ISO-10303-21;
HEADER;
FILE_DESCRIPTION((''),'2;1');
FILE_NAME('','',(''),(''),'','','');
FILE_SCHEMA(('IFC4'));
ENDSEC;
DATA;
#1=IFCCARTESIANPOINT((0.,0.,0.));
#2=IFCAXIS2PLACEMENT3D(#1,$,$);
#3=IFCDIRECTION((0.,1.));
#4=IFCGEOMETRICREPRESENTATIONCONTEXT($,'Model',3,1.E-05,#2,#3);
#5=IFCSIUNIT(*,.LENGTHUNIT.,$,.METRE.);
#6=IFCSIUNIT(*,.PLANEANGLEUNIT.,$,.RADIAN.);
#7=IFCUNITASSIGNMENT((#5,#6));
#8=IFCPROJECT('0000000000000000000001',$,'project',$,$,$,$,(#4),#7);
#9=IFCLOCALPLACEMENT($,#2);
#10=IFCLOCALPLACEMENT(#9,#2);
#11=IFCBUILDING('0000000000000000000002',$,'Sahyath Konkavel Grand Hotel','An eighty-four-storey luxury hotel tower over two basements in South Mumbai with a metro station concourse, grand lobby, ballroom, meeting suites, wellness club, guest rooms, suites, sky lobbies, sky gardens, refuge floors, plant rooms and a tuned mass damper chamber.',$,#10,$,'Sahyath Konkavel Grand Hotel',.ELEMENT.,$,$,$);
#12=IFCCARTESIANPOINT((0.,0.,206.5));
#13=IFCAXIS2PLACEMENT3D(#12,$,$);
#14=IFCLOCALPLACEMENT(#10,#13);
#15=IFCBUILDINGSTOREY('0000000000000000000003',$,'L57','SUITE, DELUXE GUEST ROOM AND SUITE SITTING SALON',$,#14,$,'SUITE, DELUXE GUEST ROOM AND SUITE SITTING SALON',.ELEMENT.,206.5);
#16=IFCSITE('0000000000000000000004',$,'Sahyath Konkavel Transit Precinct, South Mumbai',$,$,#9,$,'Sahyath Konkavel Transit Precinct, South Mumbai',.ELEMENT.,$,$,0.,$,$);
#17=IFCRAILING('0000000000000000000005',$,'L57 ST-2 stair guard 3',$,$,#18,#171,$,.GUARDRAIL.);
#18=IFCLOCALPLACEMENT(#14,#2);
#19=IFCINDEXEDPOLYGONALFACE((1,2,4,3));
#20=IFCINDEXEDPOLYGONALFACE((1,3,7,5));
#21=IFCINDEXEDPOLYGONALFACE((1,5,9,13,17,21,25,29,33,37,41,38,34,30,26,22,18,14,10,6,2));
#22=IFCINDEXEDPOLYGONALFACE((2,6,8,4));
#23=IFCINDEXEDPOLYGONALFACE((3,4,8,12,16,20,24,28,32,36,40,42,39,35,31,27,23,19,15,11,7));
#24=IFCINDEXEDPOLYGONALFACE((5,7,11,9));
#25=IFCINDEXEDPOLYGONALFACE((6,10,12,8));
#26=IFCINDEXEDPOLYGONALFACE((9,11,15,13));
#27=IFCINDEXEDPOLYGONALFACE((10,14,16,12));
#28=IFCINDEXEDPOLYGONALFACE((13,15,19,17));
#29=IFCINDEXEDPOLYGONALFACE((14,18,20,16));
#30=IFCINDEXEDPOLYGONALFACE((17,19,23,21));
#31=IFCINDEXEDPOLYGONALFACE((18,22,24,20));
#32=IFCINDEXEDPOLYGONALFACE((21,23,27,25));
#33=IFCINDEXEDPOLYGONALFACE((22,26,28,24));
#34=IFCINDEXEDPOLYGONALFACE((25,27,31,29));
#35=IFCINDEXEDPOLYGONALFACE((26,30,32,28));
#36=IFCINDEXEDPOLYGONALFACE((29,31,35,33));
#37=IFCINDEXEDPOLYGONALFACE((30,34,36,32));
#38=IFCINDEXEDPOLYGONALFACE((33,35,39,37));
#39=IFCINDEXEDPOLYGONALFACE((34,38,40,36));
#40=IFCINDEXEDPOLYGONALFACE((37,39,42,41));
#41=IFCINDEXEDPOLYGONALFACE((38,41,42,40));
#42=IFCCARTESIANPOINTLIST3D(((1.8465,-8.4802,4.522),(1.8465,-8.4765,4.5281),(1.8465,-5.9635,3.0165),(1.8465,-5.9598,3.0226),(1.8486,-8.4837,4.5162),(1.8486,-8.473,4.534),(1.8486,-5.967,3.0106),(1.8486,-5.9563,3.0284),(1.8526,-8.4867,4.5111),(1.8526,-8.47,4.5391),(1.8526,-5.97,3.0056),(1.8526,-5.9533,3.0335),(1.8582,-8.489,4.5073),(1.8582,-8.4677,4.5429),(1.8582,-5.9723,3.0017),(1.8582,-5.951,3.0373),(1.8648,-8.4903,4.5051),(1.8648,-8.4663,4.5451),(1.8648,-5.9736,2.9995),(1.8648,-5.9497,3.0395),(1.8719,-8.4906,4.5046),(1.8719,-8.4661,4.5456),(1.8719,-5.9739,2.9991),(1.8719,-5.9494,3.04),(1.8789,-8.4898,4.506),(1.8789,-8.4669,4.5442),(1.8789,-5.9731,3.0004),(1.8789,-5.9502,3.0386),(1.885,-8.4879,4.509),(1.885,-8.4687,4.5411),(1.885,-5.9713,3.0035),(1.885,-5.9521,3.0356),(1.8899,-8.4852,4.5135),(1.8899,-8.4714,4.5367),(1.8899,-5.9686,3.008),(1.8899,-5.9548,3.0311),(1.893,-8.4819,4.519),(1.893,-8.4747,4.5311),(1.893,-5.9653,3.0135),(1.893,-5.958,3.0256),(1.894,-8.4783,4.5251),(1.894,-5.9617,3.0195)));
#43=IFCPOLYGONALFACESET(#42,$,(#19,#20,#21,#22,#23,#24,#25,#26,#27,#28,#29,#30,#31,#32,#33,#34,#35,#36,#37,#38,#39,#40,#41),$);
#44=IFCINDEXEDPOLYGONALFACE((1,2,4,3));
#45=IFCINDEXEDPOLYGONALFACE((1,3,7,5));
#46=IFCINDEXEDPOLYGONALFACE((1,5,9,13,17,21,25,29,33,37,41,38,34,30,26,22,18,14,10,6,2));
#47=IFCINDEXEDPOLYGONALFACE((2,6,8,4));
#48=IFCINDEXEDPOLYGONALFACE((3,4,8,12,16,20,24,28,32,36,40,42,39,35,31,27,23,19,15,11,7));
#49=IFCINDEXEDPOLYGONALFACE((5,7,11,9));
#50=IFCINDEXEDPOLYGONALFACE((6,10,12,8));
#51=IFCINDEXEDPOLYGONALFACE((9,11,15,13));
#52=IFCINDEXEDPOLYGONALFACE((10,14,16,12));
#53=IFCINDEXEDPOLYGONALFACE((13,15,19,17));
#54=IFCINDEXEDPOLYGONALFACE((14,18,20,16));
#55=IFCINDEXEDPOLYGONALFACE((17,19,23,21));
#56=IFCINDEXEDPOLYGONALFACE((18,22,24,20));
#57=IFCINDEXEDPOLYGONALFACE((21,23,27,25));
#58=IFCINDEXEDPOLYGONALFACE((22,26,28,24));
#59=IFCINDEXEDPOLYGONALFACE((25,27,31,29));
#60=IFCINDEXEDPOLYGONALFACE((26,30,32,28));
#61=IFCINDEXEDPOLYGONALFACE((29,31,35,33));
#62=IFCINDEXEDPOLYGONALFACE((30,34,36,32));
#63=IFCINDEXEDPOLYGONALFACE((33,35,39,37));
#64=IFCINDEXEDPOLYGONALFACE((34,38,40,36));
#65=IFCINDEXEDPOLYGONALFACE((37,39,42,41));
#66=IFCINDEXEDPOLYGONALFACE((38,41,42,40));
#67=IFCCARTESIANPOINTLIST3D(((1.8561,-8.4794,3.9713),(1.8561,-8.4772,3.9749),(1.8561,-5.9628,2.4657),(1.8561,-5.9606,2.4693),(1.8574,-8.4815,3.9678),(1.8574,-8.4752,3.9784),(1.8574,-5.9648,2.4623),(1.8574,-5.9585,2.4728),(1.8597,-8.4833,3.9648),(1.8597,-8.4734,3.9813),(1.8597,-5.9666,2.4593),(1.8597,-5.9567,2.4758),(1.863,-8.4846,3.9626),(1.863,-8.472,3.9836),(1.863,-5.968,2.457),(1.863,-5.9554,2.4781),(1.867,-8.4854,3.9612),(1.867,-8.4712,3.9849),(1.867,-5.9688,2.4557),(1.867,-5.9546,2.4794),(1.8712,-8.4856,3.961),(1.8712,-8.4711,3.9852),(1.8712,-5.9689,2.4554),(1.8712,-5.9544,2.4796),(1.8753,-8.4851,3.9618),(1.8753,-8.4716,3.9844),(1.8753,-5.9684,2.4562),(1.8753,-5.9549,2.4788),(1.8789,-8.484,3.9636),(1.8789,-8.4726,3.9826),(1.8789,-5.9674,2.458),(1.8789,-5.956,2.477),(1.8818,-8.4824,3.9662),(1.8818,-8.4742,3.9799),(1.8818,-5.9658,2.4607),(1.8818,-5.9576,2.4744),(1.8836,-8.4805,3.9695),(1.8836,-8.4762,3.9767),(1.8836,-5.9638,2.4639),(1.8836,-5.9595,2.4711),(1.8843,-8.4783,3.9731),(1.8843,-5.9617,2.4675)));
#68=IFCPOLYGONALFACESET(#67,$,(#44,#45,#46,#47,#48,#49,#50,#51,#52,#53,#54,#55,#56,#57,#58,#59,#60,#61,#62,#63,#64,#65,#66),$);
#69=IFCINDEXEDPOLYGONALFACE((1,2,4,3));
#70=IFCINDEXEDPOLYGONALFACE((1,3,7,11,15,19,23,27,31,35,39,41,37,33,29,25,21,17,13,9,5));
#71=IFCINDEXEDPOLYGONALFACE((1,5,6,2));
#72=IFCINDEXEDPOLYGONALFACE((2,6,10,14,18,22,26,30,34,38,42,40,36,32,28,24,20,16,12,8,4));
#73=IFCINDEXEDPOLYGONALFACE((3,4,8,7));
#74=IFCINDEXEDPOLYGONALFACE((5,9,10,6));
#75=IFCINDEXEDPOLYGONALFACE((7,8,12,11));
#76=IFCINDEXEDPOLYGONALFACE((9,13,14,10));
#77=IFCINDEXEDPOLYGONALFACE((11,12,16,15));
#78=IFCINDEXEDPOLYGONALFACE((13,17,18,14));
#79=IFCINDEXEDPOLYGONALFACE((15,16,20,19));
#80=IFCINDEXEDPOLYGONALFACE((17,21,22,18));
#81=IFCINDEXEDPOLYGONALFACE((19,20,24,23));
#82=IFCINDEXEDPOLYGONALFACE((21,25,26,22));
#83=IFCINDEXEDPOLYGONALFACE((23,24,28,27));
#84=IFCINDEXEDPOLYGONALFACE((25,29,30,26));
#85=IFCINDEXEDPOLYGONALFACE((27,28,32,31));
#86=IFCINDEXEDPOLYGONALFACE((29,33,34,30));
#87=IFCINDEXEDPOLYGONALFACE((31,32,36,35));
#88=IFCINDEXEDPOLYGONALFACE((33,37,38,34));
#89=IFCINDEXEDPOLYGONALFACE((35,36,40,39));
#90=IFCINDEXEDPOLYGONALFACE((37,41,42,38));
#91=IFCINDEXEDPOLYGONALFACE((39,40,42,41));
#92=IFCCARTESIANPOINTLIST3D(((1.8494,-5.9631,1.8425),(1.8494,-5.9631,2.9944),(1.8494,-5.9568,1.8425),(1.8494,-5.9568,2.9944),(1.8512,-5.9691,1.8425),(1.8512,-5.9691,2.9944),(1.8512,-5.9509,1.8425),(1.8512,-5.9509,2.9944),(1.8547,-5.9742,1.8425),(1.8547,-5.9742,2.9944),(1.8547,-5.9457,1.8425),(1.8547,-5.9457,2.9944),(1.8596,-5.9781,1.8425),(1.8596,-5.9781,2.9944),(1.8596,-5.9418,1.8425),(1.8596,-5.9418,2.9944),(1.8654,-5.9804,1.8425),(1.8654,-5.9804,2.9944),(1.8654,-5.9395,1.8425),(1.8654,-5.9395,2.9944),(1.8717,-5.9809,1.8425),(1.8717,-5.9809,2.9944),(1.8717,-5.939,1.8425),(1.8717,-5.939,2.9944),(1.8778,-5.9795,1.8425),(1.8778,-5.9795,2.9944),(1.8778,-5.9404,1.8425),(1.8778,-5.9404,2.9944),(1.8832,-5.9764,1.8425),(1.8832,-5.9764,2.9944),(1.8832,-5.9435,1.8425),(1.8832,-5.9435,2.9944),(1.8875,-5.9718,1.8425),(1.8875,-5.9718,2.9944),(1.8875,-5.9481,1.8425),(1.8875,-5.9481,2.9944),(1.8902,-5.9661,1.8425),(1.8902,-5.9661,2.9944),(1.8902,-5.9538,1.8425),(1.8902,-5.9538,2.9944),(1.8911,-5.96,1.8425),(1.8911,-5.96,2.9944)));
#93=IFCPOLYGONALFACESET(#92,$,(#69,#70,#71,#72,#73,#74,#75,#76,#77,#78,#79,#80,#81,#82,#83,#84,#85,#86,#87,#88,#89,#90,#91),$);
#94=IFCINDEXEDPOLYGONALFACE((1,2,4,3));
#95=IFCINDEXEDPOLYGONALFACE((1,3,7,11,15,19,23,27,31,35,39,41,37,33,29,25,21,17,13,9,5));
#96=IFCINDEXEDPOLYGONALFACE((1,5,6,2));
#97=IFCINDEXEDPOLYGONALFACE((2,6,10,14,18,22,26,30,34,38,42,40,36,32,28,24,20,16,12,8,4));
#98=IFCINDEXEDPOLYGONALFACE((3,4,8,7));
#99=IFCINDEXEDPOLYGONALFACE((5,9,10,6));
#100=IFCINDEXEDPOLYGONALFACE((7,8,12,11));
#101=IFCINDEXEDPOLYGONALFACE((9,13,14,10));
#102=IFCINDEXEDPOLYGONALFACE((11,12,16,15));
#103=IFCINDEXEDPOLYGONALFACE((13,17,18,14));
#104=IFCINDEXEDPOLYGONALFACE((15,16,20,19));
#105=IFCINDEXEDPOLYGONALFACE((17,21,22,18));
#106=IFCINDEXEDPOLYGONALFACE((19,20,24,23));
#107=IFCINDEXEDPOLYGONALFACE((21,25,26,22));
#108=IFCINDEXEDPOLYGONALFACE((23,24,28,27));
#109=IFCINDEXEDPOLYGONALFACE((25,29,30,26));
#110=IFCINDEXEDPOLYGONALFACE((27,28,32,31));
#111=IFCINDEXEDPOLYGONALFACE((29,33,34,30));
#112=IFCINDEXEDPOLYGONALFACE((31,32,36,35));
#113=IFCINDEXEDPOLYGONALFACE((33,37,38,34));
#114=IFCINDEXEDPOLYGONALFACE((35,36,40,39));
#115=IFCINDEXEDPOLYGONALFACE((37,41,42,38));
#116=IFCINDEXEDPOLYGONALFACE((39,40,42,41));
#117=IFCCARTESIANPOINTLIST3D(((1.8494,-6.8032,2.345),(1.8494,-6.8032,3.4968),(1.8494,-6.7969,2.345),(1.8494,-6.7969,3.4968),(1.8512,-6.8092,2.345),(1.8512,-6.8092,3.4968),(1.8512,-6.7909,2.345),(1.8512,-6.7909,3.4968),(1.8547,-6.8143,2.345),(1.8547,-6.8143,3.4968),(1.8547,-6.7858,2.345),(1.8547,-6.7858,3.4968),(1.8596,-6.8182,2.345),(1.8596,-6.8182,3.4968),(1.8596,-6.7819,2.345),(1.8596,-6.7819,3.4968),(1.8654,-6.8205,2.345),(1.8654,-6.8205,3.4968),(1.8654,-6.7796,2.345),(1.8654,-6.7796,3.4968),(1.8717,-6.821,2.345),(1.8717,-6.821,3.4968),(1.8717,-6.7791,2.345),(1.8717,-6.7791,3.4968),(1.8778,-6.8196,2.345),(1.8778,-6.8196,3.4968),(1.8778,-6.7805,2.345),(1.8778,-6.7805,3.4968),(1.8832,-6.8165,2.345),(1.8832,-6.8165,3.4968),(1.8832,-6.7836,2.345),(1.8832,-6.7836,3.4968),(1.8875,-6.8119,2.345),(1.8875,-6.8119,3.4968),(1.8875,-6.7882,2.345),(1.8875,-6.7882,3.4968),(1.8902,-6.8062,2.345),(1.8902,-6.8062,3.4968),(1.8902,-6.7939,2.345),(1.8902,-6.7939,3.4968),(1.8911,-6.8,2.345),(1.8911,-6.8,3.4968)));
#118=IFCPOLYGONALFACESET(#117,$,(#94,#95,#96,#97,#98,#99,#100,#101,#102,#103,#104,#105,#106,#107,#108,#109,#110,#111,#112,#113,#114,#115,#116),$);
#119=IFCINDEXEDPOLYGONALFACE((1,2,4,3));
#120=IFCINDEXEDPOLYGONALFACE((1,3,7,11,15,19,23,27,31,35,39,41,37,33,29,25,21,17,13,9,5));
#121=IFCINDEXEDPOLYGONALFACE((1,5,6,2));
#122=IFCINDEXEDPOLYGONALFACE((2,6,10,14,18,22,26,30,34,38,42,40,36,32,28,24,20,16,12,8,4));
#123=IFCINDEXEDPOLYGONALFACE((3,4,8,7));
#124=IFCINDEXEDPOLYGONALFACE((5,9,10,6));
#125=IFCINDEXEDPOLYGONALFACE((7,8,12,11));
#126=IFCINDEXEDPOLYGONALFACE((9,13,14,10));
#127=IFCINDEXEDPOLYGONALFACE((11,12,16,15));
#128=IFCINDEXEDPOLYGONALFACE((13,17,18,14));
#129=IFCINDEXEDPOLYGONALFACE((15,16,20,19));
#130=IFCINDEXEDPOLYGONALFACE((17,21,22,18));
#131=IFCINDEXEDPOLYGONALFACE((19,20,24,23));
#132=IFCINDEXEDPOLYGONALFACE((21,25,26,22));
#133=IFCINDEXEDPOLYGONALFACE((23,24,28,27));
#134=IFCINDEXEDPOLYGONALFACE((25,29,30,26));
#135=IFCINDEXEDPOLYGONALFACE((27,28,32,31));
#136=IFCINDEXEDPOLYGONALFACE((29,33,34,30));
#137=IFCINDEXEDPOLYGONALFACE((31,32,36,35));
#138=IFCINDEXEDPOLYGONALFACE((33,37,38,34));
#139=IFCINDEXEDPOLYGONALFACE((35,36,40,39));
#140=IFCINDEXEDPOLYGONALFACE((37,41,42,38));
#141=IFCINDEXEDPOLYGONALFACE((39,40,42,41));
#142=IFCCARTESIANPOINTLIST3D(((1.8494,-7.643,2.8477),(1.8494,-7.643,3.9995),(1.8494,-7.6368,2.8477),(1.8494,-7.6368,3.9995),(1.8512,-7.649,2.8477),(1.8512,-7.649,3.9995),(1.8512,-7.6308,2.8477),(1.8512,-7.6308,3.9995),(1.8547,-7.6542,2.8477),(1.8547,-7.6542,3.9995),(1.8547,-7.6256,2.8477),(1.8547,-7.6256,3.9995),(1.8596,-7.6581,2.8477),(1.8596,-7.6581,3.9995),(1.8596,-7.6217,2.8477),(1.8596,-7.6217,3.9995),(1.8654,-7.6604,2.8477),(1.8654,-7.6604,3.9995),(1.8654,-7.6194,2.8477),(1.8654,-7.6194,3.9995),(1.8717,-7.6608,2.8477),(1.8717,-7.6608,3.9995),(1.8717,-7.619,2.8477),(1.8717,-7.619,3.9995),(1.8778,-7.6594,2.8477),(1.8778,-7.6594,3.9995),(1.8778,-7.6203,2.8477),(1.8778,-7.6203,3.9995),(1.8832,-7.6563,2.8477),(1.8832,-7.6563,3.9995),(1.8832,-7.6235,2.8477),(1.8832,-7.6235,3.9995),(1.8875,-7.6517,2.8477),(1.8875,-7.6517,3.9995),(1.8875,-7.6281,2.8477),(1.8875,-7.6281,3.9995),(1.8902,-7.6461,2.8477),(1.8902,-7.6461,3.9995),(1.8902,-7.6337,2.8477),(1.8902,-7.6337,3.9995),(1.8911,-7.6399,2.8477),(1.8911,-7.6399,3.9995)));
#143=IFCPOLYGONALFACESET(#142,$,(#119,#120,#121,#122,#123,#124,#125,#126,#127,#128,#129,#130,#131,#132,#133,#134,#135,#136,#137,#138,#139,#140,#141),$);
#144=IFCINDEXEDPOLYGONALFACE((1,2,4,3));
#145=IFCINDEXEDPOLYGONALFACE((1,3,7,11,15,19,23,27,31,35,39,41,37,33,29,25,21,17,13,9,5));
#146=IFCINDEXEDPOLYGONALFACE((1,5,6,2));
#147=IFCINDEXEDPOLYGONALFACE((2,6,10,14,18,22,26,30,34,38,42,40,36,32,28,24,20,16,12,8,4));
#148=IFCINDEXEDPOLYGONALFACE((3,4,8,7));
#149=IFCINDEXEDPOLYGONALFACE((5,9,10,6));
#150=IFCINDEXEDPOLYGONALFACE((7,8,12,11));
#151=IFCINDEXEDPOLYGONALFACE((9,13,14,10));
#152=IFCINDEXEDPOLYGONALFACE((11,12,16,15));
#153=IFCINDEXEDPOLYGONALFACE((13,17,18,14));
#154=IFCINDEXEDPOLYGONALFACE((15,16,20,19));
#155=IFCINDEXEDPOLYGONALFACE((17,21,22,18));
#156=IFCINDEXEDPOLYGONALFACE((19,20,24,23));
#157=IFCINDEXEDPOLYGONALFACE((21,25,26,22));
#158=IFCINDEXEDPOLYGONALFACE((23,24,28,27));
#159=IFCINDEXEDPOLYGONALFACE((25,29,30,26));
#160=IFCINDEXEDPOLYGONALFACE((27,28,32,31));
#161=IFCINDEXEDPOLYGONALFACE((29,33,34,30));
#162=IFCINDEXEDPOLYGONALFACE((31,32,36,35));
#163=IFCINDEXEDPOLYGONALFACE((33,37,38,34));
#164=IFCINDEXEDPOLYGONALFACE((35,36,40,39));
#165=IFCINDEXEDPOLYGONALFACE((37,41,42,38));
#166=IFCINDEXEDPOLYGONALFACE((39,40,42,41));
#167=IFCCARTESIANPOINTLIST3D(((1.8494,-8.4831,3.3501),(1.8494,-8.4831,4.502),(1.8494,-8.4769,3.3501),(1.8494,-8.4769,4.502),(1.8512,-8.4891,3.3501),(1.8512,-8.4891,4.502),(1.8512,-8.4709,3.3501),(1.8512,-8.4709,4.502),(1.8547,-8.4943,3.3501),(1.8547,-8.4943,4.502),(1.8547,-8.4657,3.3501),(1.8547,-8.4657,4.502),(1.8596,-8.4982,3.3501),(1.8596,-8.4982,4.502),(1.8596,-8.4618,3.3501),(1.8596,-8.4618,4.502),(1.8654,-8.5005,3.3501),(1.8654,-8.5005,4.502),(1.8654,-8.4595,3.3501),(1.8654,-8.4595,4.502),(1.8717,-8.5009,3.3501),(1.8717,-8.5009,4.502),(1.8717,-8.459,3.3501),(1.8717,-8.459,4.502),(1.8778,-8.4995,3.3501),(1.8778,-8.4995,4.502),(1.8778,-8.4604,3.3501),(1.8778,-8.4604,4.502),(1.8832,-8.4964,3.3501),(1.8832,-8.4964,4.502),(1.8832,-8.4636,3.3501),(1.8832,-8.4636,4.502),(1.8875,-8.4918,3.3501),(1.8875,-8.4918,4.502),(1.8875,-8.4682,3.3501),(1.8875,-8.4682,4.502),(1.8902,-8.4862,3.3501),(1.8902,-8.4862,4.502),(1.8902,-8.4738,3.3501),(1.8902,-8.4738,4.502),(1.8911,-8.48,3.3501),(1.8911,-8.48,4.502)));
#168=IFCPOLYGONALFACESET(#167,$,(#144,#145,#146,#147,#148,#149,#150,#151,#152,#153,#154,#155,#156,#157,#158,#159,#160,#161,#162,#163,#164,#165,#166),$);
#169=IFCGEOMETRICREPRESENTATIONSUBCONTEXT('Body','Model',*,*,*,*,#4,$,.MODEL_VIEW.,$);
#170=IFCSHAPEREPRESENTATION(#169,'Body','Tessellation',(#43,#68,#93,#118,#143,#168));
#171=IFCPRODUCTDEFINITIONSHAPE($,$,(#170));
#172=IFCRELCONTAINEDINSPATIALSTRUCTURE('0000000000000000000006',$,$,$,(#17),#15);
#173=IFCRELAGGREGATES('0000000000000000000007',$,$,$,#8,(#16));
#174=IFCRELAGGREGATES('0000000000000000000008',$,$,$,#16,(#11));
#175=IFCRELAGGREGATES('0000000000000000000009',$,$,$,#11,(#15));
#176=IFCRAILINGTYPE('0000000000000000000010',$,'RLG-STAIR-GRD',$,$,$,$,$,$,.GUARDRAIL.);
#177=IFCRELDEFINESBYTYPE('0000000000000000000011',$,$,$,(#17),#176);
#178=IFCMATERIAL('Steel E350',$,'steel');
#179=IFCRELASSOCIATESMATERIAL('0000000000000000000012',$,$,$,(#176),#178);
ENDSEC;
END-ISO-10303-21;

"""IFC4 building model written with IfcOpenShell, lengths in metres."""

from ifc_helpers import new_model, si_unit, direction, frame, origin, origin_2d, place, context, subcontext, project, spatial, circle, extrude, material, type_object, element, save


model = new_model("IFC4")

# Units and contexts
model_context = context("Model", 3, precision=1e-05, world=origin(), true_north=direction((0.0, 1.0)))
body_context = subcontext(model_context, "Body", "Model", "MODEL_VIEW")
ifc_project = project(units=[si_unit("LENGTHUNIT", "METRE"), si_unit("PLANEANGLEUNIT", "RADIAN")], contexts=[model_context])

# Site, building, storey
site_placement = place(None, origin())
site = spatial("IfcSite", under=ifc_project, at=site_placement, Name="Sahyath Konkavel Transit Precinct, South Mumbai", LongName="Sahyath Konkavel Transit Precinct, South Mumbai", CompositionType="ELEMENT", RefElevation=0.0)
building_placement = place(site_placement, origin())
building = spatial("IfcBuilding", under=site, at=building_placement, Name="Sahyath Konkavel Grand Hotel", Description="An eighty-four-storey luxury hotel tower over two basements in South Mumbai with a metro station concourse, grand lobby, ballroom, meeting suites, wellness club, guest rooms, suites, sky lobbies, sky gardens, refuge floors, plant rooms and a tuned mass damper chamber.", LongName="Sahyath Konkavel Grand Hotel", CompositionType="ELEMENT")
storey_placement = place(building_placement, frame((0.0, 0.0, 206.5)))
storey = spatial("IfcBuildingStorey", under=building, at=storey_placement, Name="L57", Description="SUITE, DELUXE GUEST ROOM AND SUITE SITTING SALON", LongName="SUITE, DELUXE GUEST ROOM AND SUITE SITTING SALON", CompositionType="ELEMENT", Elevation=206.5)

# Shared definitions
ifc_material_1 = material(Name="Steel E350", Category="steel")

# Railing
railing_type_1 = type_object("IfcRailingType", Name="RLG-STAIR-GRD", PredefinedType="GUARDRAIL", material=ifc_material_1)
railing_1_placement = place(storey_placement, frame((1.8701, -5.96, 1.8425)))
element("IfcRailing", 1, at=railing_1_placement, inside=storey, type_object=railing_type_1, Name="L57 ST-2 stair guard 3", PredefinedType="GUARDRAIL", context=body_context, shape_type="SweptSolid", body=[
    extrude(circle(Radius=0.0239, at=origin_2d()), frame((0.0, -0.0017, 1.177), z_axis=(0.0, -0.85816, 0.513383), x_axis=(1.0, 0.0, 0.0)), (0.0, 0.0, 1.0), 2.9326),
    extrude(circle(Radius=0.0142, at=origin_2d()), frame((0.0, -0.0017, 0.625), z_axis=(0.0, -0.85816, 0.513383), x_axis=(1.0, 0.0, 0.0)), (0.0, 0.0, 1.0), 2.9326),
    extrude(circle(Radius=0.021, at=origin_2d()), origin(), (0.0, 0.0, 1.0), 1.1519),
    extrude(circle(Radius=0.021, at=origin_2d()), frame((0.0, -0.8401, 0.5024)), (0.0, 0.0, 1.0), 1.1519),
    extrude(circle(Radius=0.021, at=origin_2d()), frame((0.0, -1.6799, 1.0051)), (0.0, 0.0, 1.0), 1.1519),
    extrude(circle(Radius=0.021, at=origin_2d()), frame((0.0, -2.52, 1.5076)), (0.0, 0.0, 1.0), 1.1519),
])

save(model, "model.ifc")
